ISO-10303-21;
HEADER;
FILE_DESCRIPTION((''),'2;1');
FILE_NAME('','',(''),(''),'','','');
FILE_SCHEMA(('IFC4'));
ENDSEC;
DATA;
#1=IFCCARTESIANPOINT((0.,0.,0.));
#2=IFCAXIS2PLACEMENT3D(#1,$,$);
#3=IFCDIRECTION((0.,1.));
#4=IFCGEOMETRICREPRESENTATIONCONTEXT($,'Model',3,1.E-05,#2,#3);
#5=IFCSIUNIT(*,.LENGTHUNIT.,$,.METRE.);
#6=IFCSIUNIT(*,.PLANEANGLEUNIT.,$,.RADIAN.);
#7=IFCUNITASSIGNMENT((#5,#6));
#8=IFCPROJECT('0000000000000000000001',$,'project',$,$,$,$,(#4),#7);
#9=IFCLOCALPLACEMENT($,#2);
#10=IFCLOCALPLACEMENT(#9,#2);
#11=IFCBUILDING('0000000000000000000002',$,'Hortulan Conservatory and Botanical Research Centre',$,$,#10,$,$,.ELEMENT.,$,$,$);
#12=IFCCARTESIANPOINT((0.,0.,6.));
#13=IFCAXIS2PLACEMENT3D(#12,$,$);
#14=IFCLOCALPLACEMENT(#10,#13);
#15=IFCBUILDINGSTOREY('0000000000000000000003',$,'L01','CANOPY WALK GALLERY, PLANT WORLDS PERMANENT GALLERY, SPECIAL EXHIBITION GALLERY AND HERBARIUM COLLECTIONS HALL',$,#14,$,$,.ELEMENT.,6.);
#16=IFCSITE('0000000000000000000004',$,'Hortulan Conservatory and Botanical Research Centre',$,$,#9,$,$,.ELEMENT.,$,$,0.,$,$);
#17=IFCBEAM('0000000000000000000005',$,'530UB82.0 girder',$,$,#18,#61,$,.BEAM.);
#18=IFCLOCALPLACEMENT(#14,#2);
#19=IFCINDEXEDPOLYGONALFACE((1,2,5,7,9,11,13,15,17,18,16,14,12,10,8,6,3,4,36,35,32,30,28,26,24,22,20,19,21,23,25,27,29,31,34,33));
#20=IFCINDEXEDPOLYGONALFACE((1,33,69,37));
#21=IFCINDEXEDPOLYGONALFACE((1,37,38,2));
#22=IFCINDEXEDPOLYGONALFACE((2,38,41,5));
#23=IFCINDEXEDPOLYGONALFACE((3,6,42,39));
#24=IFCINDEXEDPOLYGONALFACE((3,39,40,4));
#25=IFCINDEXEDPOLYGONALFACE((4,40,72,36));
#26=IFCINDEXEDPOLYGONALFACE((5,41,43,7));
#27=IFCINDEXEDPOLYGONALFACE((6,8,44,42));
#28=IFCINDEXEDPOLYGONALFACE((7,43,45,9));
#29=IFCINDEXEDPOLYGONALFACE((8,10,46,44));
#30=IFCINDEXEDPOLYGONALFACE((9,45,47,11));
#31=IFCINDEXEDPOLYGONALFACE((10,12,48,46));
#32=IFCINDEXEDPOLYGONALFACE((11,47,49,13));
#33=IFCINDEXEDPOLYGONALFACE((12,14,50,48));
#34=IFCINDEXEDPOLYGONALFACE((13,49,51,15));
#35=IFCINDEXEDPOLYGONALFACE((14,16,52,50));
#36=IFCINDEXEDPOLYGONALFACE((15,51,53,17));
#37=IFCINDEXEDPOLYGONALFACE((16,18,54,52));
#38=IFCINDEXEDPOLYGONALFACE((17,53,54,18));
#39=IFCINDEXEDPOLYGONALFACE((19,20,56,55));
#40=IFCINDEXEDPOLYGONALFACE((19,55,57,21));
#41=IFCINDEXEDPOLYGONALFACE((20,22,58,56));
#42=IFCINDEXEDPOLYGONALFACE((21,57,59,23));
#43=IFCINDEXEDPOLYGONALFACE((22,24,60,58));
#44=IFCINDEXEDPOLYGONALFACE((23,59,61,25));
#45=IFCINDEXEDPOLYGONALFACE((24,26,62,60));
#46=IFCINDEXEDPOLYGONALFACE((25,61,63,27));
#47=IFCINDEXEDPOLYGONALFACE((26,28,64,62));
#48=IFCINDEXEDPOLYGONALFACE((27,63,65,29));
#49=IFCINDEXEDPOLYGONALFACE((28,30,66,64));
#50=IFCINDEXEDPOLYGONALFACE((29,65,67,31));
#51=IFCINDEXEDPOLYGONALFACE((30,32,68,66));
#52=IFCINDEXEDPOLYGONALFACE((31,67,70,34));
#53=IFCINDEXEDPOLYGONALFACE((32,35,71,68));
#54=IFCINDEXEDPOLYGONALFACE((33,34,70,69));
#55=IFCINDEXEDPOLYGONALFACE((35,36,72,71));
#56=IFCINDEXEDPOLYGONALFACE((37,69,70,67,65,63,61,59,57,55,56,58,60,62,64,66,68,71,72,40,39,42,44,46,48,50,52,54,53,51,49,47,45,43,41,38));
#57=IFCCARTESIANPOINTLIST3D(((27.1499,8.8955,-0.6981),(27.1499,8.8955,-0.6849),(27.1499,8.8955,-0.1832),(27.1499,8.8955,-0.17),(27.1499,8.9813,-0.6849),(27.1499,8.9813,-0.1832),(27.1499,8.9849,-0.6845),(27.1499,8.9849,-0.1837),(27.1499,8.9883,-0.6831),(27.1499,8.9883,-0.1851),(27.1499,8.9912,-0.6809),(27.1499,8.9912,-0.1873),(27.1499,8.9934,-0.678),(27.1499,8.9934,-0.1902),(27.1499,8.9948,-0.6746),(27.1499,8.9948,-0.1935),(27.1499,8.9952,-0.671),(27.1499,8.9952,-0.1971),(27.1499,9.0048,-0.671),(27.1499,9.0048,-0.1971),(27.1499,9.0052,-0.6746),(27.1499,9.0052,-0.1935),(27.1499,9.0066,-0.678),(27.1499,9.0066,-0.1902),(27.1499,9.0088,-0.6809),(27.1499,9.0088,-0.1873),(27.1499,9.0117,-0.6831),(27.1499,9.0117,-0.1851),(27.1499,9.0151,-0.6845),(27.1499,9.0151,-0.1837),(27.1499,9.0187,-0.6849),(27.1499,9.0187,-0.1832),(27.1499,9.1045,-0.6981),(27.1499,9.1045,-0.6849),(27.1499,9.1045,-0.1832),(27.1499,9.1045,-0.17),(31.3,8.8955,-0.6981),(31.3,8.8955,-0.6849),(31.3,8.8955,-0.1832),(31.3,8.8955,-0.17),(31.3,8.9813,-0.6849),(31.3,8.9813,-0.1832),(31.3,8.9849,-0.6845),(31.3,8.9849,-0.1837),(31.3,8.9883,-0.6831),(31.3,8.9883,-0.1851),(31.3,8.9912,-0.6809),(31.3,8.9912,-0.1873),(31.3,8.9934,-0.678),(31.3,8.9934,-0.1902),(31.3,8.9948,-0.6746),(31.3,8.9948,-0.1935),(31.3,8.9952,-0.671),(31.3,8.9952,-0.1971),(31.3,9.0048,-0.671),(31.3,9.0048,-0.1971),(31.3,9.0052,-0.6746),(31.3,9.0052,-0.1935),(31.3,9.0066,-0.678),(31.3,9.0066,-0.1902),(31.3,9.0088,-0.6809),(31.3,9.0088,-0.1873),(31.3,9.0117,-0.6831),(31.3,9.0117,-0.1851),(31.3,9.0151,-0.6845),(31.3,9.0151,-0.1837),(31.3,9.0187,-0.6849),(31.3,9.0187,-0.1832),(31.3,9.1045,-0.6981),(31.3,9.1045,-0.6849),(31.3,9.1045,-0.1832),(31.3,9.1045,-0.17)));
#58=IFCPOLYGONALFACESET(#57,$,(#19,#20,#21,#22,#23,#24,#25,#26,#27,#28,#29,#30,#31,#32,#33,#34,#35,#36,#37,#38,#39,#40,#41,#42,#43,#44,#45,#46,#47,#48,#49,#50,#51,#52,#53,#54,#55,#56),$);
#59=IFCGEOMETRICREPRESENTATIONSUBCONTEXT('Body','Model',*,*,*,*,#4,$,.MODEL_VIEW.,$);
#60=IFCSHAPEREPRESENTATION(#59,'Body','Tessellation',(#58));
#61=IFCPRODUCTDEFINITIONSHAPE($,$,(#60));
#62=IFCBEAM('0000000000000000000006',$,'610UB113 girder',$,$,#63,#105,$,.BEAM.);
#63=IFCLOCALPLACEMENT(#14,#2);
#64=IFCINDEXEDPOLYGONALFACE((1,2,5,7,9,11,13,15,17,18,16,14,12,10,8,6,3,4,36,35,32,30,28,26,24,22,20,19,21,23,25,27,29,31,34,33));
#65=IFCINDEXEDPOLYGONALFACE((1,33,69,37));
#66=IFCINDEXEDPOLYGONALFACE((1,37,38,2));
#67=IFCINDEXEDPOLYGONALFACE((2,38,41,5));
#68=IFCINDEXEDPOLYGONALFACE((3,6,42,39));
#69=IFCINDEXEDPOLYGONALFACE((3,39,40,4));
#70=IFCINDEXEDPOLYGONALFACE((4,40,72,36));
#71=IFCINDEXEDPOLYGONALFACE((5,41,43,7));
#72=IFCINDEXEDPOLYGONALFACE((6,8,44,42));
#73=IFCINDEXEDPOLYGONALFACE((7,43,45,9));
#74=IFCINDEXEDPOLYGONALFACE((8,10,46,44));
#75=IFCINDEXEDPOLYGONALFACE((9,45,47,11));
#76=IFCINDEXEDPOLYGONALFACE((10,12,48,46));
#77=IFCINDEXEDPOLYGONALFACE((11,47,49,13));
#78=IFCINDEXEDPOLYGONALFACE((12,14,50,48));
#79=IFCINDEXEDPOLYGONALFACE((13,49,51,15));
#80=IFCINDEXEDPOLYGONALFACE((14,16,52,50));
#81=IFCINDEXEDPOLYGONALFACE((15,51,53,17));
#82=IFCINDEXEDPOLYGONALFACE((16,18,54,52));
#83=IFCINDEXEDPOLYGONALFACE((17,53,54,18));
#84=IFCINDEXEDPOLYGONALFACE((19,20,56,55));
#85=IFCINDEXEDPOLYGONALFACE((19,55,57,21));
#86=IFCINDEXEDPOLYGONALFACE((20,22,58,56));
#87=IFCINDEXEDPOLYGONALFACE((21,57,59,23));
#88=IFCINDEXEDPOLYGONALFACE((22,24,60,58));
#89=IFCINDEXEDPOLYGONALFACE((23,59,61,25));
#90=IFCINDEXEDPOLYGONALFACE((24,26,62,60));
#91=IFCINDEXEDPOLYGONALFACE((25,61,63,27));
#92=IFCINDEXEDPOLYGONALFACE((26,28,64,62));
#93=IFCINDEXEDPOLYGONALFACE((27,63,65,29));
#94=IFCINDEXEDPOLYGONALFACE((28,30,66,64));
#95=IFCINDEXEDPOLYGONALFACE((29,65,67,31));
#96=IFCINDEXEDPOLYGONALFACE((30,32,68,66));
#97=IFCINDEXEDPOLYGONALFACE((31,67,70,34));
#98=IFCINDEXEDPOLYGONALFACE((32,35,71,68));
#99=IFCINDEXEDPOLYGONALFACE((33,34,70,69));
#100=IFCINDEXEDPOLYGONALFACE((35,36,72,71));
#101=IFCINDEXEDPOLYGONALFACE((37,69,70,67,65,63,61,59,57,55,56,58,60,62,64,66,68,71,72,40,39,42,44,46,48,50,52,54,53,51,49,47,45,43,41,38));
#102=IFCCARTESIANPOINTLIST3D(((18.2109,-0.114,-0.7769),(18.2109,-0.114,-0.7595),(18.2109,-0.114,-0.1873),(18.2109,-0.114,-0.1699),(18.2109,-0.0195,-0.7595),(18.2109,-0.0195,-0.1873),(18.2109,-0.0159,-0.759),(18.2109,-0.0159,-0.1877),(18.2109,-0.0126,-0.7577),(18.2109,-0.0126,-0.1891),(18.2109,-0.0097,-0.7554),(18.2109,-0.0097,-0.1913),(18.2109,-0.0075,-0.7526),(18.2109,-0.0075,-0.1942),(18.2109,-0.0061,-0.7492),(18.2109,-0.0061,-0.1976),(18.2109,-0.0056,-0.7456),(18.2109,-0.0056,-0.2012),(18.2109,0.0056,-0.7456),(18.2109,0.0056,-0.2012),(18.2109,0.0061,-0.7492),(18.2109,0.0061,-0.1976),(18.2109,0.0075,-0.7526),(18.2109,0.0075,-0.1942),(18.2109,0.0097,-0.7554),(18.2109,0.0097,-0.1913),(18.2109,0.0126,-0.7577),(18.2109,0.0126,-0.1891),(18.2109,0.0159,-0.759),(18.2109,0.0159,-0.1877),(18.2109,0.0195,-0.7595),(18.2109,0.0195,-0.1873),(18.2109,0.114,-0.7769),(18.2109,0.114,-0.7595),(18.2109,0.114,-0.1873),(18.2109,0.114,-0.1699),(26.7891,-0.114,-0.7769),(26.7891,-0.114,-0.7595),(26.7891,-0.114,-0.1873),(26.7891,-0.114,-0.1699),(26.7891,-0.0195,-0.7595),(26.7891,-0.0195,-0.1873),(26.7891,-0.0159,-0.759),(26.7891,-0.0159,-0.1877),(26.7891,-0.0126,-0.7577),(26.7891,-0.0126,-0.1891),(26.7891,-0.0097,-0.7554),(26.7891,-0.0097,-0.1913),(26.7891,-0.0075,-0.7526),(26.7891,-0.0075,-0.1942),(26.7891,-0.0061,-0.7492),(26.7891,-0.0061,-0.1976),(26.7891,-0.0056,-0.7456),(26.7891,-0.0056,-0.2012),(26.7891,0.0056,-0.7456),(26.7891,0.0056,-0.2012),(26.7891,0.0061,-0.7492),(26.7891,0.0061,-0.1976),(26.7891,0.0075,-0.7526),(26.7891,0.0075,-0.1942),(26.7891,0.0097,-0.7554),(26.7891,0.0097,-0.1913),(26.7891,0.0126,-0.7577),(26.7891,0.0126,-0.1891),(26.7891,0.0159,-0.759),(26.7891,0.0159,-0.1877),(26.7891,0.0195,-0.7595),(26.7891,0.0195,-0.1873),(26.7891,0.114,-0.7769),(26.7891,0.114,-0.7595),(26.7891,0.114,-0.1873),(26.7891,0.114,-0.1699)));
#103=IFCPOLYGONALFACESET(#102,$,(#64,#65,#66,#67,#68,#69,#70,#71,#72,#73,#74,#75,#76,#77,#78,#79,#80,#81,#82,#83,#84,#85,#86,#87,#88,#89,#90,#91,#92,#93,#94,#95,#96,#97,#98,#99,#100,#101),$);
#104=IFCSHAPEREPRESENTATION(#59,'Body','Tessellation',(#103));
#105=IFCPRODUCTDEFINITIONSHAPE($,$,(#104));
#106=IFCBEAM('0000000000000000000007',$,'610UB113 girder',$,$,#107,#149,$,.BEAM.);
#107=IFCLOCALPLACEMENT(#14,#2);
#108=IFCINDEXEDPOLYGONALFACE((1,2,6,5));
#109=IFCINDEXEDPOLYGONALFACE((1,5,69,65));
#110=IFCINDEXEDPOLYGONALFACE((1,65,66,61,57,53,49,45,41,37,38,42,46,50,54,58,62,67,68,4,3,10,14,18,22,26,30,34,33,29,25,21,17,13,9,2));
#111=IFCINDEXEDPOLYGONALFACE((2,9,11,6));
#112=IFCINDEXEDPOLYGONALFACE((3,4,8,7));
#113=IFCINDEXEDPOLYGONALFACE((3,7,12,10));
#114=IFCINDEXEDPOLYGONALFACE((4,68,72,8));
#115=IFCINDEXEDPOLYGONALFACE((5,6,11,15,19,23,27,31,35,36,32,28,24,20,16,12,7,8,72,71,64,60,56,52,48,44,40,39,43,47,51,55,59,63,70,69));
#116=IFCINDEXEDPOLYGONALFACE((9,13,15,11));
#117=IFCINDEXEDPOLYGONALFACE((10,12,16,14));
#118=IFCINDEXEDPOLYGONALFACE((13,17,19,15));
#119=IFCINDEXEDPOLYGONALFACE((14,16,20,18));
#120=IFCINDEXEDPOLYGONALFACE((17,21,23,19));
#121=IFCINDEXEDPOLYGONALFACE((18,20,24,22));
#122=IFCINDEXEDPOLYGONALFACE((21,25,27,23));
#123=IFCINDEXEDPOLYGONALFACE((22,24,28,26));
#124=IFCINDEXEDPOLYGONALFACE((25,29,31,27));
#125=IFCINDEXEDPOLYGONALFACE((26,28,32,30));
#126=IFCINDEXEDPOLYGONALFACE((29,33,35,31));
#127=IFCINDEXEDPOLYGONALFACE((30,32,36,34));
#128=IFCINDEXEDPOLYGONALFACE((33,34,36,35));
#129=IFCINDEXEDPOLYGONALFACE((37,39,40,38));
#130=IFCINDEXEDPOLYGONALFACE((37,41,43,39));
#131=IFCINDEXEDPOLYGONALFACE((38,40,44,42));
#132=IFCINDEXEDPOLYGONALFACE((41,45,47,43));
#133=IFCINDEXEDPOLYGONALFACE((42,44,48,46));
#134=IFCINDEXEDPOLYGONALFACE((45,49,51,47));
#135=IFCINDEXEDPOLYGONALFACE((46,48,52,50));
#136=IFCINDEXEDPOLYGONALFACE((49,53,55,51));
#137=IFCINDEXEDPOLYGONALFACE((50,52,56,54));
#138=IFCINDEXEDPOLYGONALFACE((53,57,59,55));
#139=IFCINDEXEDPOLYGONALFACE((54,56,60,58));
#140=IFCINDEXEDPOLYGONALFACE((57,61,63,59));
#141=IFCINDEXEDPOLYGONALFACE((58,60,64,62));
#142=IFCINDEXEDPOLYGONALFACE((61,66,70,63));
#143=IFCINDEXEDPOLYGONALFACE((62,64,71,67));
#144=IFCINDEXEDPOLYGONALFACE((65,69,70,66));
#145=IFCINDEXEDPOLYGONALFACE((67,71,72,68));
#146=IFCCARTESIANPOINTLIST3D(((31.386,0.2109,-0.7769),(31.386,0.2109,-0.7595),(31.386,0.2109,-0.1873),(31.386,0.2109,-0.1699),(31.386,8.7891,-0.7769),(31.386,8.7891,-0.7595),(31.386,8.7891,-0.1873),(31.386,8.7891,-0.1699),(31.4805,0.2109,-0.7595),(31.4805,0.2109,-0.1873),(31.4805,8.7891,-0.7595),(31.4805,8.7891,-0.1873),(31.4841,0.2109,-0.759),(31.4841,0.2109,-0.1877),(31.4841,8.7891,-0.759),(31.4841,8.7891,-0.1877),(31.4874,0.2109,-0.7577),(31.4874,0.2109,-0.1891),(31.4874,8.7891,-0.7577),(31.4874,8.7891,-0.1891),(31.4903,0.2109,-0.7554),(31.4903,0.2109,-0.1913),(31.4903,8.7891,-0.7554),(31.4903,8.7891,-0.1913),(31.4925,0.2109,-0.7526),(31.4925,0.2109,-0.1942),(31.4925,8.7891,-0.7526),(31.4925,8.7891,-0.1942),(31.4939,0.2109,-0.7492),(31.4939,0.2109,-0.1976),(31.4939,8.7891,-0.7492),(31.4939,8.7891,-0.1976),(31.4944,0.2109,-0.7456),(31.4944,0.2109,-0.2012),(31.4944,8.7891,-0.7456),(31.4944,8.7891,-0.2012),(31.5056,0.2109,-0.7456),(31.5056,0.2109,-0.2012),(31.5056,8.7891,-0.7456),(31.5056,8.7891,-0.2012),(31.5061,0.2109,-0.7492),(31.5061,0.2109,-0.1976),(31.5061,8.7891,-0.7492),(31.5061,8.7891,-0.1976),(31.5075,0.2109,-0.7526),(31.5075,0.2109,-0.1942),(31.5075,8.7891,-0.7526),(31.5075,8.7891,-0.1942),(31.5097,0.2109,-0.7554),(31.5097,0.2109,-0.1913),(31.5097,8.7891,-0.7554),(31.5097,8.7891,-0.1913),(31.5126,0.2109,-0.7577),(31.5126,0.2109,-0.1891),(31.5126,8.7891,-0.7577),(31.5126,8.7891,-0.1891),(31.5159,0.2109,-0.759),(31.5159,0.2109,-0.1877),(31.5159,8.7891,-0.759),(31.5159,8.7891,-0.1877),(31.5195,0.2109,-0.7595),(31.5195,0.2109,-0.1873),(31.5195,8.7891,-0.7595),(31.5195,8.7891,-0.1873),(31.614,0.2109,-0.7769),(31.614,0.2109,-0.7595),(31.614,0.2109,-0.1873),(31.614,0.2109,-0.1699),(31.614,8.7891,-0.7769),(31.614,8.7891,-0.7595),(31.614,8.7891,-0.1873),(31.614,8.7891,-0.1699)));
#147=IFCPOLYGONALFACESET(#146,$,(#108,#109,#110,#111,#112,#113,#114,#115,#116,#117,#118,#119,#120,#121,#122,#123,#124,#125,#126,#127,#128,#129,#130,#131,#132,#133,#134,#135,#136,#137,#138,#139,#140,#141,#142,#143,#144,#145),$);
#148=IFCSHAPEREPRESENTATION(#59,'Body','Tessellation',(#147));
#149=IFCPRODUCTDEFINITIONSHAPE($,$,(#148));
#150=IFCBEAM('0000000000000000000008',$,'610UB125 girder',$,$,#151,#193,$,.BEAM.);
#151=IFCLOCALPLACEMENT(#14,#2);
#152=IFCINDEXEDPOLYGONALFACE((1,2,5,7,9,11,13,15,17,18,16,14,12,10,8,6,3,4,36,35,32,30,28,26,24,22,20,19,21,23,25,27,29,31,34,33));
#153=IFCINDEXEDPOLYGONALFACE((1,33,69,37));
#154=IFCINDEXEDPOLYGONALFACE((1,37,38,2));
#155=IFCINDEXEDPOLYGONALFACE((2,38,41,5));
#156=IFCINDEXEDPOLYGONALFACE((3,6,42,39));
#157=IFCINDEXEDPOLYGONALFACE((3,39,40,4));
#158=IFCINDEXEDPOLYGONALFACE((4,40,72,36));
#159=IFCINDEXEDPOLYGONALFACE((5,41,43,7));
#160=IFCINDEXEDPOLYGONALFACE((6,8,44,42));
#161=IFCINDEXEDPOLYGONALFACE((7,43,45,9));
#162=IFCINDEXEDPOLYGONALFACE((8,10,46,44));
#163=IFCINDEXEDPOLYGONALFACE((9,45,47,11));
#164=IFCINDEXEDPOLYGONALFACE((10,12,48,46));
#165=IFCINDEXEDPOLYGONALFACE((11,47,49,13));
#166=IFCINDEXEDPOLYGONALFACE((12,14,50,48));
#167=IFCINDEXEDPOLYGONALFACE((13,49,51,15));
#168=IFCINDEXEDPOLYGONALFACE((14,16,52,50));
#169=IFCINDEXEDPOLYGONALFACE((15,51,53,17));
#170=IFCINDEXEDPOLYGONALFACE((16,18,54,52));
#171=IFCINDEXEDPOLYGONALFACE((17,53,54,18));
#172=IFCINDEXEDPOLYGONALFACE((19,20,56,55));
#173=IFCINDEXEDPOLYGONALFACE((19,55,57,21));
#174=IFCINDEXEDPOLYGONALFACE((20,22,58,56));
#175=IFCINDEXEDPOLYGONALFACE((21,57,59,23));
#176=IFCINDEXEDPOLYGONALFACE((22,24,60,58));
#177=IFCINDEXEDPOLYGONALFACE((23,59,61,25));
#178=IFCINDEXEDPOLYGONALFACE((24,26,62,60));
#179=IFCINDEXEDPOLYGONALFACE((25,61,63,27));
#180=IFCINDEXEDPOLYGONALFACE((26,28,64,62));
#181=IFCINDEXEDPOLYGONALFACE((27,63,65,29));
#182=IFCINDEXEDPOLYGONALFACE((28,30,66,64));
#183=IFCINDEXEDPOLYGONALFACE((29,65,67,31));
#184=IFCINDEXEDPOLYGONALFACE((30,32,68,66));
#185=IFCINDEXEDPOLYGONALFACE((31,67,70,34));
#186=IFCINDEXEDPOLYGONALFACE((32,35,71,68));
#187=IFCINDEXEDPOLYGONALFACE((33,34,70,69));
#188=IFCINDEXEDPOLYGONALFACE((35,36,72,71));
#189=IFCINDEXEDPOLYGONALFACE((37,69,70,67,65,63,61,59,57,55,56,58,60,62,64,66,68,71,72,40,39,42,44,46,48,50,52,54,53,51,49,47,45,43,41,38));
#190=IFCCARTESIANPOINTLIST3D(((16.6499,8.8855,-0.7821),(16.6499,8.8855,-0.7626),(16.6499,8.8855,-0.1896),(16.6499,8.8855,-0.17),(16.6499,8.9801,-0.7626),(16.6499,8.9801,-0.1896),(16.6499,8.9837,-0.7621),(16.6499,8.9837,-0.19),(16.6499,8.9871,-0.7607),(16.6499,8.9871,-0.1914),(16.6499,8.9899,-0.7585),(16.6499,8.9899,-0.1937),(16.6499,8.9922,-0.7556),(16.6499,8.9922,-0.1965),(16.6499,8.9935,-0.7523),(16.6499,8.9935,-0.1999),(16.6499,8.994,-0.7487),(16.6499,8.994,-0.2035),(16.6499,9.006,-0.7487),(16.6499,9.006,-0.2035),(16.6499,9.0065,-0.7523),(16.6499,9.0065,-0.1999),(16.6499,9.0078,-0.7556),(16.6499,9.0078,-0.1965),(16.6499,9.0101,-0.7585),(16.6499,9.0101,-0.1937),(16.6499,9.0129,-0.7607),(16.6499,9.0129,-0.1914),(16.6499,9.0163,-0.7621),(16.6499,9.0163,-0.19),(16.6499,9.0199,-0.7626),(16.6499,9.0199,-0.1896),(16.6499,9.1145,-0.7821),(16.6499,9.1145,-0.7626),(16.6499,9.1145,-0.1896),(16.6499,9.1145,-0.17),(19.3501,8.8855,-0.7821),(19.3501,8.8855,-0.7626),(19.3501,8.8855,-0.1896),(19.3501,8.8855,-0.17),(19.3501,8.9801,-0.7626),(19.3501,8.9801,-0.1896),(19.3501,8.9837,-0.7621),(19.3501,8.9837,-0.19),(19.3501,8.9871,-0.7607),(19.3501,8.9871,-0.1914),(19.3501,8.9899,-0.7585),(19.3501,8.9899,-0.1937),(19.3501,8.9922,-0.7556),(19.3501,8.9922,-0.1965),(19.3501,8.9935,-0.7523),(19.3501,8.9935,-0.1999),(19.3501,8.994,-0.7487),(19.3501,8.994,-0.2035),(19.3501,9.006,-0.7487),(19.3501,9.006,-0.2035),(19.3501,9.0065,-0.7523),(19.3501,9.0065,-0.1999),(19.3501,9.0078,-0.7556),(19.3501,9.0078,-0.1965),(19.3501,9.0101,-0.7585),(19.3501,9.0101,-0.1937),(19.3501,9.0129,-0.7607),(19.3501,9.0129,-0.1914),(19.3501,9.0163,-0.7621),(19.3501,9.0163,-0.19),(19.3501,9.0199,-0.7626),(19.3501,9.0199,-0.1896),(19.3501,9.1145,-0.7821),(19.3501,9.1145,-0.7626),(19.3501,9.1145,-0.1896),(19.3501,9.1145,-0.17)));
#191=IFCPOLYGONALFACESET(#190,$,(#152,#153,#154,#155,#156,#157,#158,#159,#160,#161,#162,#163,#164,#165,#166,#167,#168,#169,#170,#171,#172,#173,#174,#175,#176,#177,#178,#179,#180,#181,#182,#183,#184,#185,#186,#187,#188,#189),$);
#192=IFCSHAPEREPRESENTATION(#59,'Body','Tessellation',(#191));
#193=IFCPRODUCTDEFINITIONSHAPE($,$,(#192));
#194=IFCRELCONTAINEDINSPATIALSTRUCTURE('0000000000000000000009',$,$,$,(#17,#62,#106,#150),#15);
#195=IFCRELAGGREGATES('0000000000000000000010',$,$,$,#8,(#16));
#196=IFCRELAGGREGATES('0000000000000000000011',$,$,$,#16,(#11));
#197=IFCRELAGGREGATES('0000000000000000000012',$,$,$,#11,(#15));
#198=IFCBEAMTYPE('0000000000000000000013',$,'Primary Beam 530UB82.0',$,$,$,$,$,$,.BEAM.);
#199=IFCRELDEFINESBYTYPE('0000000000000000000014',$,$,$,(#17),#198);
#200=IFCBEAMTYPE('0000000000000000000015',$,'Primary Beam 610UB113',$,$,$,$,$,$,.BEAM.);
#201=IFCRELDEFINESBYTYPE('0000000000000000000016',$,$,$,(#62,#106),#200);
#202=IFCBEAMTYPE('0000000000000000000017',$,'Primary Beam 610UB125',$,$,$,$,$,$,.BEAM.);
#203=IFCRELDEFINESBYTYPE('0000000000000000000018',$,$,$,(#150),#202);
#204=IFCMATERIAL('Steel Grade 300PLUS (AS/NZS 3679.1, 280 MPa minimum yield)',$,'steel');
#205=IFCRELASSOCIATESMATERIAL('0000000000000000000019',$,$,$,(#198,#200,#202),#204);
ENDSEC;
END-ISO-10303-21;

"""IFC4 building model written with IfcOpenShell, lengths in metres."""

from ifc_helpers import new_model, si_unit, direction, frame, origin, origin_2d, place, context, subcontext, project, spatial, i_section, extrude, material, material_profile, profile_set, type_object, element, save


model = new_model("IFC4")

# Units and contexts
model_context = context("Model", 3, precision=1e-05, world=origin(), true_north=direction((0.0, 1.0)))
body_context = subcontext(model_context, "Body", "Model", "MODEL_VIEW")
ifc_project = project(units=[si_unit("LENGTHUNIT", "METRE"), si_unit("PLANEANGLEUNIT", "RADIAN")], contexts=[model_context])

# Site, building, storey
site_placement = place(None, origin())
site = spatial("IfcSite", under=ifc_project, at=site_placement, Name="Hortulan Conservatory and Botanical Research Centre", CompositionType="ELEMENT", RefElevation=0.0)
building_placement = place(site_placement, origin())
building = spatial("IfcBuilding", under=site, at=building_placement, Name="Hortulan Conservatory and Botanical Research Centre", CompositionType="ELEMENT")
storey_placement = place(building_placement, frame((0.0, 0.0, 6.0)))
storey = spatial("IfcBuildingStorey", under=building, at=storey_placement, Name="L01", Description="CANOPY WALK GALLERY, PLANT WORLDS PERMANENT GALLERY, SPECIAL EXHIBITION GALLERY AND HERBARIUM COLLECTIONS HALL", CompositionType="ELEMENT", Elevation=6.0)

# Beams
ifc_material_1 = material(Name="Steel Grade 300PLUS (AS/NZS 3679.1, 280 MPa minimum yield)", Category="steel")
ifc_material_profile_1 = material_profile(ifc_material_1, i_section(OverallWidth=0.209, OverallDepth=0.5281, WebThickness=0.0095, FlangeThickness=0.0132, FilletRadius=0.0139, at=origin_2d()), Name="530UB82.0")
ifc_profile_set_1 = profile_set([ifc_material_profile_1], Name="Steel Grade 300PLUS (AS/NZS 3679.1, 280 MPa minimum yield)")
beam_type_1 = type_object("IfcBeamType", Name="Primary Beam 530UB82.0", PredefinedType="BEAM", material=ifc_profile_set_1)
beam_1_placement = place(storey_placement, frame((27.1499, 9.0, -0.4341), z_axis=(1.0, 0.0, 0.0), x_axis=(0.0, 1.0, 0.0)))
element("IfcBeam", 1, at=beam_1_placement, inside=storey, type_object=beam_type_1, Name="530UB82.0 girder", PredefinedType="BEAM", context=body_context, shape_type="SweptSolid", body=[
    extrude(i_section(OverallWidth=0.209, OverallDepth=0.5281, WebThickness=0.0095, FlangeThickness=0.0132, FilletRadius=0.0139, at=origin_2d()), origin(), (0.0, 0.0, 1.0), 4.1501),
])
ifc_material_profile_2 = material_profile(ifc_material_1, i_section(OverallWidth=0.228, OverallDepth=0.6069, WebThickness=0.0112, FlangeThickness=0.0173, FilletRadius=0.0139, at=origin_2d()), Name="610UB113")
ifc_profile_set_2 = profile_set([ifc_material_profile_2], Name="Steel Grade 300PLUS (AS/NZS 3679.1, 280 MPa minimum yield)")
beam_type_2 = type_object("IfcBeamType", Name="Primary Beam 610UB113", PredefinedType="BEAM", material=ifc_profile_set_2)
for number, where, z_axis, x_axis, name in (
    (2, (18.2109, 0.0, -0.4734), (1.0, 0.0, 0.0), (0.0, 1.0, 0.0), "610UB113 girder"),
    (3, (31.5, 0.2109, -0.4734), (0.0, 1.0, 0.0), (-1.0, 0.0, 0.0), "610UB113 girder"),
):
    element("IfcBeam", number, at=place(storey_placement, frame(where, z_axis=z_axis, x_axis=x_axis)), inside=storey, type_object=beam_type_2, Name=name, PredefinedType="BEAM", context=body_context, shape_type="SweptSolid", body=[
        extrude(i_section(OverallWidth=0.228, OverallDepth=0.6069, WebThickness=0.0112, FlangeThickness=0.0173, FilletRadius=0.0139, at=origin_2d()), origin(), (0.0, 0.0, 1.0), 8.5781),
    ])
ifc_material_profile_3 = material_profile(ifc_material_1, i_section(OverallWidth=0.229, OverallDepth=0.6121, WebThickness=0.012, FlangeThickness=0.0195, FilletRadius=0.0139, at=origin_2d()), Name="610UB125")
ifc_profile_set_3 = profile_set([ifc_material_profile_3], Name="Steel Grade 300PLUS (AS/NZS 3679.1, 280 MPa minimum yield)")
beam_type_3 = type_object("IfcBeamType", Name="Primary Beam 610UB125", PredefinedType="BEAM", material=ifc_profile_set_3)
beam_2_placement = place(storey_placement, frame((16.6499, 9.0, -0.4761), z_axis=(1.0, 0.0, 0.0), x_axis=(0.0, 1.0, 0.0)))
element("IfcBeam", 4, at=beam_2_placement, inside=storey, type_object=beam_type_3, Name="610UB125 girder", PredefinedType="BEAM", context=body_context, shape_type="SweptSolid", body=[
    extrude(i_section(OverallWidth=0.229, OverallDepth=0.6121, WebThickness=0.012, FlangeThickness=0.0195, FilletRadius=0.0139, at=origin_2d()), origin(), (0.0, 0.0, 1.0), 2.7002),
])

save(model, "model.ifc")
